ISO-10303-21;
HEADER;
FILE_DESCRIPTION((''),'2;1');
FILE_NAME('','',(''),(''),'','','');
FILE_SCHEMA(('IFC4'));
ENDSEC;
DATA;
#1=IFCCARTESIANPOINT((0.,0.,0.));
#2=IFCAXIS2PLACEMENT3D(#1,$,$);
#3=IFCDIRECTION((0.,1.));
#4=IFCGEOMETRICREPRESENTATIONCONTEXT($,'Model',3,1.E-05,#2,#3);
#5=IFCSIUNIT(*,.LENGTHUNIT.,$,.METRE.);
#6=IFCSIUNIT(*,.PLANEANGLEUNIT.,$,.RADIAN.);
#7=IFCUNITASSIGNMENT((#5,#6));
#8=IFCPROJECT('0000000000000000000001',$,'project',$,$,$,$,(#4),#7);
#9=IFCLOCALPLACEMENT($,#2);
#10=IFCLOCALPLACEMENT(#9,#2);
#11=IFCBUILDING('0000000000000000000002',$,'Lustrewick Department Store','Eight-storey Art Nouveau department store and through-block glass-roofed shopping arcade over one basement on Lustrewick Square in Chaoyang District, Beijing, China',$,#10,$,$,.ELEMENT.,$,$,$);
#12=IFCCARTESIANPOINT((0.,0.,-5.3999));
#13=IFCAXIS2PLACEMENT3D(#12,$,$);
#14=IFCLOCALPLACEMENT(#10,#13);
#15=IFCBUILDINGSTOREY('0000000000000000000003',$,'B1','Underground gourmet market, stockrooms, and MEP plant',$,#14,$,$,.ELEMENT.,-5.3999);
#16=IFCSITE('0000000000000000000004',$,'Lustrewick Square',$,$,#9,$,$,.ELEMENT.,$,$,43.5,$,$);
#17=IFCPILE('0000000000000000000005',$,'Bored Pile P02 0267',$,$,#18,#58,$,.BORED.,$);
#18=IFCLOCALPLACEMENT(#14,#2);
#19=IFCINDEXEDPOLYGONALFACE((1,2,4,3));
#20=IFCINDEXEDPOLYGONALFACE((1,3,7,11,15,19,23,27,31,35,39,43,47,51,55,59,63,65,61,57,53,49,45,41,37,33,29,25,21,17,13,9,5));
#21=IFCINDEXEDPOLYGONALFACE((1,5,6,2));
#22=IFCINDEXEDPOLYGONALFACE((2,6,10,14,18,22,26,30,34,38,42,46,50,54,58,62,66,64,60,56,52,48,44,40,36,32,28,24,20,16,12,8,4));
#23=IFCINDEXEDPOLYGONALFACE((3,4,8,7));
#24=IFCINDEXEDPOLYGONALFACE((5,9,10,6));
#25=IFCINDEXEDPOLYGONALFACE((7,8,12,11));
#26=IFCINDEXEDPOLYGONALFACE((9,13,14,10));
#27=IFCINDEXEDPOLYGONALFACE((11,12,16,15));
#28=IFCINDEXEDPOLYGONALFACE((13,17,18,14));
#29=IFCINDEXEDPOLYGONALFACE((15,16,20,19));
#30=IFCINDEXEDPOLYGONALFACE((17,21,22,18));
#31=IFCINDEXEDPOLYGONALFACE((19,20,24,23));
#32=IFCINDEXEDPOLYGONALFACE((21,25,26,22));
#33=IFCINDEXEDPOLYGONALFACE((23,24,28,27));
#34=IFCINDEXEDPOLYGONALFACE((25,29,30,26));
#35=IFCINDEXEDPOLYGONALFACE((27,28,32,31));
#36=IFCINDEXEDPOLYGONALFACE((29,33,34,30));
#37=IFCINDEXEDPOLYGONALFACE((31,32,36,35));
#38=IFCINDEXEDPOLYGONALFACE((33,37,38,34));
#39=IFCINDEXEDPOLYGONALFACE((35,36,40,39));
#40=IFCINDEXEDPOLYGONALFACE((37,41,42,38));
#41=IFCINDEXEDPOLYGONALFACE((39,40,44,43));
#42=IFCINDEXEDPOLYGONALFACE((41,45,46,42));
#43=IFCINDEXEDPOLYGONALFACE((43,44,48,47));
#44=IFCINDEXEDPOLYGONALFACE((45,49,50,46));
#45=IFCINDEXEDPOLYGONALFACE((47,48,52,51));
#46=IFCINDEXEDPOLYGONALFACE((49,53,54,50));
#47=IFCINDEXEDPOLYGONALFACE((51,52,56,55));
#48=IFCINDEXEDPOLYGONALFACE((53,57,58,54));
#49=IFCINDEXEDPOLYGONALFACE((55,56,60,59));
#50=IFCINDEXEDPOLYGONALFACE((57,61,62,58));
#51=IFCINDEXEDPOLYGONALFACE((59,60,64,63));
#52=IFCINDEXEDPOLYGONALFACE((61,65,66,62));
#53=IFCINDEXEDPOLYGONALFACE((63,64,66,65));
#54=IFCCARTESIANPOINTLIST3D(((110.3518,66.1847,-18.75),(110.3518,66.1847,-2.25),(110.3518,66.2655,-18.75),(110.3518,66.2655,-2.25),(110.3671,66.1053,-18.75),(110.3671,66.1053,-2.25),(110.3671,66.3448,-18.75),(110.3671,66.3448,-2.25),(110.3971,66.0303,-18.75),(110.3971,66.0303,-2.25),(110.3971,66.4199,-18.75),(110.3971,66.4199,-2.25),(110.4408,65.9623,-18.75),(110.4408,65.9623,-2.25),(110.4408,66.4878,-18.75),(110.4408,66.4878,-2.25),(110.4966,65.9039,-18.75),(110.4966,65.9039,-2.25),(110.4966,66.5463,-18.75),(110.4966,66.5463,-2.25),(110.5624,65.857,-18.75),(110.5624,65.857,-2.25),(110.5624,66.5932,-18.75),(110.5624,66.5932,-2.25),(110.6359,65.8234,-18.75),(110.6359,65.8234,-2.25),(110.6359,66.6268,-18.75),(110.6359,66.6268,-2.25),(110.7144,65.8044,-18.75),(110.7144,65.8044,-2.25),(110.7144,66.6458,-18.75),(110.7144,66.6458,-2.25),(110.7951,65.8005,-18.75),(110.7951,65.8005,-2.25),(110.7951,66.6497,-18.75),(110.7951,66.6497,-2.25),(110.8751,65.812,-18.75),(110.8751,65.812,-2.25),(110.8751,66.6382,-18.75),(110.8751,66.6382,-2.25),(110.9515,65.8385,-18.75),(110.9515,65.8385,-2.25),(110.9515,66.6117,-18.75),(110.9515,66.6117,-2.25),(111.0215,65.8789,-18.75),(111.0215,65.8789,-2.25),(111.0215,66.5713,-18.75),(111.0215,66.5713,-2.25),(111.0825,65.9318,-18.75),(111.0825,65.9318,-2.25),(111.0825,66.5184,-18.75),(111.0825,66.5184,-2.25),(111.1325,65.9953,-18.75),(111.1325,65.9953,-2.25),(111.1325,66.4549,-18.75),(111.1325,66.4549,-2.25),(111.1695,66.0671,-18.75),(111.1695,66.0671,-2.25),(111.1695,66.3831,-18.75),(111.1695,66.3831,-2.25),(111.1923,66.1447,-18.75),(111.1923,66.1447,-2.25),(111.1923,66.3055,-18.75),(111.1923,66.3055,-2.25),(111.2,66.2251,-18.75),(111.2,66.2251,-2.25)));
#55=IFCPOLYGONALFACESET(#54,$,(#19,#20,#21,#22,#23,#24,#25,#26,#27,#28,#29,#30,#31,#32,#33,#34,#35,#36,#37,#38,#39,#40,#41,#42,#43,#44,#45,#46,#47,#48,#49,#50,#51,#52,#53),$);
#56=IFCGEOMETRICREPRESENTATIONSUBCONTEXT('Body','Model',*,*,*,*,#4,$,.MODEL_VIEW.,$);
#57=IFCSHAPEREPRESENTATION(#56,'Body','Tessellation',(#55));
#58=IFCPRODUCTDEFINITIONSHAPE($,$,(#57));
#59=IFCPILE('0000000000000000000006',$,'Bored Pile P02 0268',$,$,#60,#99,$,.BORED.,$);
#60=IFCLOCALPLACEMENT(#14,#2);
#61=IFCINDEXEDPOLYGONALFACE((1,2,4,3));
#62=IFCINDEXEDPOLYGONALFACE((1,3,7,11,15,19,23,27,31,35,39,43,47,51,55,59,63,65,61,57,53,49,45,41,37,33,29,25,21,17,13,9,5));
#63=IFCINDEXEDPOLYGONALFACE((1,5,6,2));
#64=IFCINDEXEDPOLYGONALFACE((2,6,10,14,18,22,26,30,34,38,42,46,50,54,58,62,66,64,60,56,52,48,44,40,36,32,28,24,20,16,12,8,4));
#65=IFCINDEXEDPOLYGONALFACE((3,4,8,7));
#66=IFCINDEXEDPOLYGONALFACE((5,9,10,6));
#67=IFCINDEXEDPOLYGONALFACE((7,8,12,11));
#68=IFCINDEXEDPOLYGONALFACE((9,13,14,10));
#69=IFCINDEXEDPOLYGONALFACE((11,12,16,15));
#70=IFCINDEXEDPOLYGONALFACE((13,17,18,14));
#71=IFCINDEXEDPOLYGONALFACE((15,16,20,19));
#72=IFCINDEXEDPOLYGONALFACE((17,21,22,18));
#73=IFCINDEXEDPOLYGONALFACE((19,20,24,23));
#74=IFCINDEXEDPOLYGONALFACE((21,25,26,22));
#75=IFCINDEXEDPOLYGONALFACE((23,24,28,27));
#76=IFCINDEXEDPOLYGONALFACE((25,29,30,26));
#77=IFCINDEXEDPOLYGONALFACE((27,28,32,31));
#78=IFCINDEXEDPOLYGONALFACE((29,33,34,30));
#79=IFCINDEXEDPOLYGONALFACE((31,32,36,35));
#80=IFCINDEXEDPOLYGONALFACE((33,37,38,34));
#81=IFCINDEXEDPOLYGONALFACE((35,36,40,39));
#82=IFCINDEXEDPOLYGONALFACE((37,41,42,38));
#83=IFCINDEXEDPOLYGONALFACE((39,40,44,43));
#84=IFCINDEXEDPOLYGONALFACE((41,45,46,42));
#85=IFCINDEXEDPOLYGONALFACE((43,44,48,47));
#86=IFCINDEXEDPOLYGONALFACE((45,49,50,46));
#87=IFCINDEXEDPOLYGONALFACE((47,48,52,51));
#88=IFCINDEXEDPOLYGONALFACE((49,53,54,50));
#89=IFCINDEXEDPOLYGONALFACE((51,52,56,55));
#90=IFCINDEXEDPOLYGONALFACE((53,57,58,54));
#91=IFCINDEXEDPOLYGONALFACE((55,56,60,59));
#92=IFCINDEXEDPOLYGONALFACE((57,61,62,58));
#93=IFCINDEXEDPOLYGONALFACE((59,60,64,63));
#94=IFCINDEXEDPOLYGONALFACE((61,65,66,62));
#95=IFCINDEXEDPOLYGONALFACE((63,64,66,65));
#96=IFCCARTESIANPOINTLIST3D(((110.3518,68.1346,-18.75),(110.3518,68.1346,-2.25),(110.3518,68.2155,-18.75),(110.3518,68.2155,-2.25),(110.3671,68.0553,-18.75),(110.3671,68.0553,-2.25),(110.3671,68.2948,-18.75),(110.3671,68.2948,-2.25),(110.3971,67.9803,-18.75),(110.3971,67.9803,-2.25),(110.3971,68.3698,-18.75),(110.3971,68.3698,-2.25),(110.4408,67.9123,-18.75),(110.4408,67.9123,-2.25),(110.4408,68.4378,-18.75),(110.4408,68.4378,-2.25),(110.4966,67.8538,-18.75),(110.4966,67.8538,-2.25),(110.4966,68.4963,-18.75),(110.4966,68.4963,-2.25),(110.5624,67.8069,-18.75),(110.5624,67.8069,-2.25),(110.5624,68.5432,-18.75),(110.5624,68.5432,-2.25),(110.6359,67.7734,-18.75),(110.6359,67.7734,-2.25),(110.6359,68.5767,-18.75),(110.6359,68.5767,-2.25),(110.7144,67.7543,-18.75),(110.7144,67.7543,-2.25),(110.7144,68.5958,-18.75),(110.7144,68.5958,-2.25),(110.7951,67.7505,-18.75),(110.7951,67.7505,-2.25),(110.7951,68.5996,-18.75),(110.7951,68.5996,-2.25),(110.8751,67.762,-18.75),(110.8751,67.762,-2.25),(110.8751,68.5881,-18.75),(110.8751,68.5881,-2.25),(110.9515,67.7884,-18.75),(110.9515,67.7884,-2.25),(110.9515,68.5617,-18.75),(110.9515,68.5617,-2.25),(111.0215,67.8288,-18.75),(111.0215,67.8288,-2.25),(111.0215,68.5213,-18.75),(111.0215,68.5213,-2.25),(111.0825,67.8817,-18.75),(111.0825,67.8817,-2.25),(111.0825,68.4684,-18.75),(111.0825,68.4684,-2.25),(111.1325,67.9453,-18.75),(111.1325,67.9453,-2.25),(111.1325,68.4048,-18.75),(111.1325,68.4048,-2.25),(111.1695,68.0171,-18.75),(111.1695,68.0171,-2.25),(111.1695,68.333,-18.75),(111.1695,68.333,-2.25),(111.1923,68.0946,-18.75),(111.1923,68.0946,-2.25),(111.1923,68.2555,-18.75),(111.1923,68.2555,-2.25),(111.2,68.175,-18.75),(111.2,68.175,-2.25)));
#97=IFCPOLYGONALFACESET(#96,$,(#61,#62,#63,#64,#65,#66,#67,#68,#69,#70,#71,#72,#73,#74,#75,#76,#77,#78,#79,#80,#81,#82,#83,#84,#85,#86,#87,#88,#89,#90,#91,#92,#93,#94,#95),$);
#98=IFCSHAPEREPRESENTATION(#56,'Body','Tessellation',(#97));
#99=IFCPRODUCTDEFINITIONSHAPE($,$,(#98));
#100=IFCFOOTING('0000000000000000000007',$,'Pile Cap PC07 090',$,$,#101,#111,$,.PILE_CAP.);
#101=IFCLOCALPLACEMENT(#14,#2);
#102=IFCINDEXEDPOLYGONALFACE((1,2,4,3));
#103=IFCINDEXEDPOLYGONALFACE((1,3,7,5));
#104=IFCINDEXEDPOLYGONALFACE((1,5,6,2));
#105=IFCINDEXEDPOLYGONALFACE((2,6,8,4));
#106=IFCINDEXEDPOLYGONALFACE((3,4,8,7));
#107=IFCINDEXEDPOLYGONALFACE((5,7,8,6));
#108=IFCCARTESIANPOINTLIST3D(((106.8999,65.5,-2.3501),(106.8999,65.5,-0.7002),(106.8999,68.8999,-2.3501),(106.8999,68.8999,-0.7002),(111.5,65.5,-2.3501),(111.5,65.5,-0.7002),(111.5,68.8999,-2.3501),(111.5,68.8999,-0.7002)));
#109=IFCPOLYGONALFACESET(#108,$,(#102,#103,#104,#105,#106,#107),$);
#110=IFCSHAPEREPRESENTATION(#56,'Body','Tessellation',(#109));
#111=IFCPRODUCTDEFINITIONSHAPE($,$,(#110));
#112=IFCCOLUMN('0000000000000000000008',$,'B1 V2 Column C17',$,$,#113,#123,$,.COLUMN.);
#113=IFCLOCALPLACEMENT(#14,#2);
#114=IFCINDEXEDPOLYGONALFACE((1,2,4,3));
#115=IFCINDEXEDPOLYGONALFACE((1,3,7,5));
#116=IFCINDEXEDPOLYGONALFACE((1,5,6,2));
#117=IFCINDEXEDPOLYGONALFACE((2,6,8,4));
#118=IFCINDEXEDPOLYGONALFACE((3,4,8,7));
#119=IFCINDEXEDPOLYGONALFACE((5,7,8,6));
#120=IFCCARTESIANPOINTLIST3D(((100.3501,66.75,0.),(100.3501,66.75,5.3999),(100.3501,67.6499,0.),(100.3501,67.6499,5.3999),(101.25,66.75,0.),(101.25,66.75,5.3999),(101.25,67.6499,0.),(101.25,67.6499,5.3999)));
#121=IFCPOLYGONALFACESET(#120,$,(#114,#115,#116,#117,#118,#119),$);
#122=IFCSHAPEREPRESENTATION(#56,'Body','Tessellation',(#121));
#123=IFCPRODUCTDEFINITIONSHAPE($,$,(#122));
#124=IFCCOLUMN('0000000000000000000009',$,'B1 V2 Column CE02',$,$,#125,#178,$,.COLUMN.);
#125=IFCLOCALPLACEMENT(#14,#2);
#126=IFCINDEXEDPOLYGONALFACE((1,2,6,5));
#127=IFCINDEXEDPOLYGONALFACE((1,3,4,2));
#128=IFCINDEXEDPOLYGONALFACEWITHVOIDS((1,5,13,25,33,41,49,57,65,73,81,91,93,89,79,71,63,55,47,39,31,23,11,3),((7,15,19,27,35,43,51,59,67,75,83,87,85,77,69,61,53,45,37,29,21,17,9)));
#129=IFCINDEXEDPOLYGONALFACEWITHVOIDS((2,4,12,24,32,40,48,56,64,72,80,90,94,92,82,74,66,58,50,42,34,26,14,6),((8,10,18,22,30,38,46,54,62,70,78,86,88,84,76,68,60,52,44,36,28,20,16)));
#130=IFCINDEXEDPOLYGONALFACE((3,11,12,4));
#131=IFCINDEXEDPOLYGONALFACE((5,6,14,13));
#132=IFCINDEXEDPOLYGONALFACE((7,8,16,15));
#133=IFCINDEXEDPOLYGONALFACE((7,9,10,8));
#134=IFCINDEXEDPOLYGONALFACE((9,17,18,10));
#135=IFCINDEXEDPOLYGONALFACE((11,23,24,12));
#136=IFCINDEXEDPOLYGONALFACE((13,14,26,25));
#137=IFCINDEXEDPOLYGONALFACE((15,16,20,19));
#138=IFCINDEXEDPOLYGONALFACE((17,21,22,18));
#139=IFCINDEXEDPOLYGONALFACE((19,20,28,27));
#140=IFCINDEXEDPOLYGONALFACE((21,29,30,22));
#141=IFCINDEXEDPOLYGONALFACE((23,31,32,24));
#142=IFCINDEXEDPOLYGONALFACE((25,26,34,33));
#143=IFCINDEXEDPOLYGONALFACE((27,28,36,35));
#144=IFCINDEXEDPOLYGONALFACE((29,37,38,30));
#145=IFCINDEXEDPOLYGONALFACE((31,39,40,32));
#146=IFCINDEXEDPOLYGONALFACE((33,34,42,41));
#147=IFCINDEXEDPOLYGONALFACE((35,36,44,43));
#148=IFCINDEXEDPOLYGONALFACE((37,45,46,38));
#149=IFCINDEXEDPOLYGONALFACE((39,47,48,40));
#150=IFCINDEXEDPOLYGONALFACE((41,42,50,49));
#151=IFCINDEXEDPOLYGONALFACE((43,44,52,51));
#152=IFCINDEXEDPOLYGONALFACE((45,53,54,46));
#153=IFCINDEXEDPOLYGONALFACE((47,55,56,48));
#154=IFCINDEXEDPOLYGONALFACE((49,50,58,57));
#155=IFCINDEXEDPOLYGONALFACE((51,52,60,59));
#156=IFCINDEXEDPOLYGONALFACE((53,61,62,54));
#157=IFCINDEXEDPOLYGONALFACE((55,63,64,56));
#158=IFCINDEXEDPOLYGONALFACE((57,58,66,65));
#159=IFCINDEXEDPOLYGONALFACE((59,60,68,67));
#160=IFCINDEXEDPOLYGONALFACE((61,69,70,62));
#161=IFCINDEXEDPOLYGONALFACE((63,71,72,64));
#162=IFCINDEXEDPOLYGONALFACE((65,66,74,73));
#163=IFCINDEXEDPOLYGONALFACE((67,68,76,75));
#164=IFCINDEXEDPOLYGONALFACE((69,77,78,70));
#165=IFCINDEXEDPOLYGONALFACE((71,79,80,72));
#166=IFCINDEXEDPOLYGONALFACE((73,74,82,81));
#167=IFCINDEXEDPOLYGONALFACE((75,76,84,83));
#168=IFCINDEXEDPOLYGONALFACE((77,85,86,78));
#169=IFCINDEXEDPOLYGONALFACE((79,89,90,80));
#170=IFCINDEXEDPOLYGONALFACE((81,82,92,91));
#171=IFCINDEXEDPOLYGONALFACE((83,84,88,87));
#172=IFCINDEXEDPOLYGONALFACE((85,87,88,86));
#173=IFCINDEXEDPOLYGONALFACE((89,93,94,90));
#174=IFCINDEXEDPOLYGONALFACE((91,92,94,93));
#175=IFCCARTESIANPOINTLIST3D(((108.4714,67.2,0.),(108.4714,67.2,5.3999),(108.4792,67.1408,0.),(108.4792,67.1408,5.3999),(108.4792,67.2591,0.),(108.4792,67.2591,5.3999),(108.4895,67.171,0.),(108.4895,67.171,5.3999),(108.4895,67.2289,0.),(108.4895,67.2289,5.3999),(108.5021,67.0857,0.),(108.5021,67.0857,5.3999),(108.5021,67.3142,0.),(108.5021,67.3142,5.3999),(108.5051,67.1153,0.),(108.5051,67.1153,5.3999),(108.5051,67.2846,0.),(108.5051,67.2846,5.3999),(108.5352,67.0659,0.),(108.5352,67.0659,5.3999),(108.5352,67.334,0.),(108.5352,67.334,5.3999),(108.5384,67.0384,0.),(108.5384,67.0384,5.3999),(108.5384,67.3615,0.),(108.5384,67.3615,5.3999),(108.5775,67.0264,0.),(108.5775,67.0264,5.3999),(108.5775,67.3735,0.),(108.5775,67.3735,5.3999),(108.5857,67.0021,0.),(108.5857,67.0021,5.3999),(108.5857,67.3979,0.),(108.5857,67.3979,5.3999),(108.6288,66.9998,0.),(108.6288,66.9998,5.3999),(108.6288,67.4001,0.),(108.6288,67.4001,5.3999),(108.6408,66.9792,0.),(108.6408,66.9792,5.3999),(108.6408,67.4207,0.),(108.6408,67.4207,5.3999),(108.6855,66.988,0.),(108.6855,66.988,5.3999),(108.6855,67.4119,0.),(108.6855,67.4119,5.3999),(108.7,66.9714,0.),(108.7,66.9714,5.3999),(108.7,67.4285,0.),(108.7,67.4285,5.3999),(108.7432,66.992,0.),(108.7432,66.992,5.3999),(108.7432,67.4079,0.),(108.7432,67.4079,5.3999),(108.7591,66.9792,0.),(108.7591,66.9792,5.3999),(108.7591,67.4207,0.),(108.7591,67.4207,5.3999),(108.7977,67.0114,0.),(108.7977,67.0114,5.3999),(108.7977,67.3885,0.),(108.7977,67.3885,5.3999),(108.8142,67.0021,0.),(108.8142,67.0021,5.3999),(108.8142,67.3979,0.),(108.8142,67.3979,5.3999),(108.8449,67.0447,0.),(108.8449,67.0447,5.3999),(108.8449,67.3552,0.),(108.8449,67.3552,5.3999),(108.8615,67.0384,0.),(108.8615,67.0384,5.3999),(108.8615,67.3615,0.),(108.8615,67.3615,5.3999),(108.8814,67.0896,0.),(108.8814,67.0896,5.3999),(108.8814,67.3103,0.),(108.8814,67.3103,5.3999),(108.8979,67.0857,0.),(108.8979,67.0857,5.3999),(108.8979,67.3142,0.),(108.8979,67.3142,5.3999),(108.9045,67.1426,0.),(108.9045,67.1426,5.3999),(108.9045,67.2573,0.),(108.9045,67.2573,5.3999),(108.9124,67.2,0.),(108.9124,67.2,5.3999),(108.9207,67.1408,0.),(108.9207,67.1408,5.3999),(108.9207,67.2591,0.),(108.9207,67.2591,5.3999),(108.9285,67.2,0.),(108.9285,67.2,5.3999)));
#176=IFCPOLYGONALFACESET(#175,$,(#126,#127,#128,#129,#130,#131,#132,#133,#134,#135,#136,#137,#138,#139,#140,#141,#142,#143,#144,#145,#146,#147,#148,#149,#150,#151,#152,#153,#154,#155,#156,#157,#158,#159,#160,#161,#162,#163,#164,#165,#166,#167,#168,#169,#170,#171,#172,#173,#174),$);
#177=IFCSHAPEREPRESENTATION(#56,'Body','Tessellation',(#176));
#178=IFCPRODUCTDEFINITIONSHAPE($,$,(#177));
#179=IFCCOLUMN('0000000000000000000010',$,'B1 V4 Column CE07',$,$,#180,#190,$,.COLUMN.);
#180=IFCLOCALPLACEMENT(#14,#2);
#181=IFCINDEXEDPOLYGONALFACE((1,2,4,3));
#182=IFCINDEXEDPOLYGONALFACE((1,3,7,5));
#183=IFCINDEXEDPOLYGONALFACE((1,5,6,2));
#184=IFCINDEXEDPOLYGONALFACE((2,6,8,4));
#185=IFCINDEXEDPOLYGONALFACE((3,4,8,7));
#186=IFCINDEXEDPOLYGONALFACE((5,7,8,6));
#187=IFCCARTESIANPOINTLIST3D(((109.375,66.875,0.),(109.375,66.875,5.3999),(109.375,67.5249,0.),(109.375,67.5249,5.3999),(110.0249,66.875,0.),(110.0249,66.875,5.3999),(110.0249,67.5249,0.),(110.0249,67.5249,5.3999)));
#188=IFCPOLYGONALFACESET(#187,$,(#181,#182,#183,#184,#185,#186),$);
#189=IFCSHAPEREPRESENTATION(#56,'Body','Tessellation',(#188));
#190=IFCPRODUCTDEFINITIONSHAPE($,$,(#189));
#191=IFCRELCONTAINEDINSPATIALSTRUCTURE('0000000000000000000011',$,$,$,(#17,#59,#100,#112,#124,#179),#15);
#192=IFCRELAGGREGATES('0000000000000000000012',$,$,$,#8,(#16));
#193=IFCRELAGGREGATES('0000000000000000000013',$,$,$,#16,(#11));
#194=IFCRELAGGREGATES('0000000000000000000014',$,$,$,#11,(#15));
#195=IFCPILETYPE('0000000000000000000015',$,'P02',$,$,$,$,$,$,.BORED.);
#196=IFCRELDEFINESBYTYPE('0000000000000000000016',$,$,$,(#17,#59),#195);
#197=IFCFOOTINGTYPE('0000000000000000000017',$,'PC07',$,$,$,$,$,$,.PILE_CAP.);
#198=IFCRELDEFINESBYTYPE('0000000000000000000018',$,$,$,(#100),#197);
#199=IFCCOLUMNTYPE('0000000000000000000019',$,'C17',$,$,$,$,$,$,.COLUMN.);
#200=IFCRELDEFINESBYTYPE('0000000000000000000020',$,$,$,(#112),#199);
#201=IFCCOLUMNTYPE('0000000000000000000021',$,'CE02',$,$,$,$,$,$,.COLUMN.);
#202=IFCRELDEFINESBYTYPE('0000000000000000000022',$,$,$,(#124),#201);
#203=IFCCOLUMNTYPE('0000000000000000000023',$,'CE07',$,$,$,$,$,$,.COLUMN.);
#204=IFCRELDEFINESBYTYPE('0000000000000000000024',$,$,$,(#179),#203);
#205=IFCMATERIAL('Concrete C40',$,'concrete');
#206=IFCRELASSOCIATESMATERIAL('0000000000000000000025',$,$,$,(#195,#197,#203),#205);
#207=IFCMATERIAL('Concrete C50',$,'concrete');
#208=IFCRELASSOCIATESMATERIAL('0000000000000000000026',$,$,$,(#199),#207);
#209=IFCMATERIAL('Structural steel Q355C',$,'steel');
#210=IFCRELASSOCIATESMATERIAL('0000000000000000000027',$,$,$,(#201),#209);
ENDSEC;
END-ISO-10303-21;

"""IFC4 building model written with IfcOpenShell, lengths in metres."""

from ifc_helpers import new_model, si_unit, direction, frame, origin, origin_2d, place, context, subcontext, project, spatial, rectangle, circle, hollow_circle, extrude, material, material_profile, profile_set, type_object, element, save


model = new_model("IFC4")

# Units and contexts
model_context = context("Model", 3, precision=1e-05, world=origin(), true_north=direction((0.0, 1.0)))
body_context = subcontext(model_context, "Body", "Model", "MODEL_VIEW")
ifc_project = project(units=[si_unit("LENGTHUNIT", "METRE"), si_unit("PLANEANGLEUNIT", "RADIAN")], contexts=[model_context])

# Site, building, storey
site_placement = place(None, origin())
site = spatial("IfcSite", under=ifc_project, at=site_placement, Name="Lustrewick Square", CompositionType="ELEMENT", RefElevation=43.5)
building_placement = place(site_placement, origin())
building = spatial("IfcBuilding", under=site, at=building_placement, Name="Lustrewick Department Store", Description="Eight-storey Art Nouveau department store and through-block glass-roofed shopping arcade over one basement on Lustrewick Square in Chaoyang District, Beijing, China", CompositionType="ELEMENT")
storey_placement = place(building_placement, frame((0.0, 0.0, -5.3999)))
storey = spatial("IfcBuildingStorey", under=building, at=storey_placement, Name="B1", Description="Underground gourmet market, stockrooms, and MEP plant", CompositionType="ELEMENT", Elevation=-5.3999)

# Piles
ifc_material_1 = material(Name="Concrete C40", Category="concrete")
ifc_material_profile_1 = material_profile(ifc_material_1, circle(Radius=0.425, at=origin_2d()), Name="PILE D850")
ifc_profile_set_1 = profile_set([ifc_material_profile_1], Name="Concrete C40")
pile_type_1 = type_object("IfcPileType", Name="P02", PredefinedType="BORED", material=ifc_profile_set_1)
for number, where, z_axis, x_axis, name in (
    (1, (110.7749, 66.2251, -2.25), (0.0, 0.0, -1.0), (1.0, 0.0, 0.0), "Bored Pile P02 0267"),
    (2, (110.7749, 68.175, -2.25), (0.0, 0.0, -1.0), (1.0, 0.0, 0.0), "Bored Pile P02 0268"),
):
    element("IfcPile", number, at=place(storey_placement, frame(where, z_axis=z_axis, x_axis=x_axis)), inside=storey, type_object=pile_type_1, Name=name, PredefinedType="BORED", context=body_context, shape_type="SweptSolid", body=[
        extrude(circle(Radius=0.425, at=origin_2d()), origin(), (0.0, 0.0, 1.0), 16.5),
    ])

# Footing
footing_type = type_object("IfcFootingType", Name="PC07", PredefinedType="PILE_CAP", material=ifc_material_1)
footing_placement = place(storey_placement, frame((109.2, 67.2, -2.3501), z_axis=(0.0, 0.0, 1.0), x_axis=(1.0, 0.0, 0.0)))
element("IfcFooting", 3, at=footing_placement, inside=storey, type_object=footing_type, Name="Pile Cap PC07 090", PredefinedType="PILE_CAP", context=body_context, shape_type="SweptSolid", body=[
    extrude(rectangle(XDim=4.6001, YDim=3.3999, at=origin_2d()), origin(), (0.0, 0.0, 1.0), 1.6499),
])

# Columns
ifc_material_2 = material(Name="Concrete C50", Category="concrete")
ifc_material_profile_2 = material_profile(ifc_material_2, rectangle(XDim=0.8999, YDim=0.8999, at=origin_2d()), Name="RC 900x900")
ifc_profile_set_2 = profile_set([ifc_material_profile_2], Name="Concrete C50")
column_type_1 = type_object("IfcColumnType", Name="C17", PredefinedType="COLUMN", material=ifc_profile_set_2)
column_1_placement = place(storey_placement, frame((100.8, 67.2, 0.0), z_axis=(0.0, 0.0, 1.0), x_axis=(1.0, 0.0, 0.0)))
element("IfcColumn", 4, at=column_1_placement, inside=storey, type_object=column_type_1, Name="B1 V2 Column C17", PredefinedType="COLUMN", context=body_context, shape_type="SweptSolid", body=[
    extrude(rectangle(XDim=0.8999, YDim=0.8999, at=origin_2d()), origin(), (0.0, 0.0, 1.0), 5.3999),
])
ifc_material_3 = material(Name="Structural steel Q355C", Category="steel")
ifc_material_profile_3 = material_profile(ifc_material_3, hollow_circle(Radius=0.2285, WallThickness=0.0161, at=origin_2d()), Name="CHS 457x16")
ifc_profile_set_3 = profile_set([ifc_material_profile_3], Name="Structural steel Q355C")
column_type_2 = type_object("IfcColumnType", Name="CE02", PredefinedType="COLUMN", material=ifc_profile_set_3)
column_2_placement = place(storey_placement, frame((108.7, 67.2, 0.0), z_axis=(0.0, 0.0, 1.0), x_axis=(1.0, 0.0, 0.0)))
element("IfcColumn", 5, at=column_2_placement, inside=storey, type_object=column_type_2, Name="B1 V2 Column CE02", PredefinedType="COLUMN", context=body_context, shape_type="SweptSolid", body=[
    extrude(hollow_circle(Radius=0.2285, WallThickness=0.0161, at=origin_2d()), origin(), (0.0, 0.0, 1.0), 5.3999),
])
ifc_material_profile_4 = material_profile(ifc_material_1, rectangle(XDim=0.6499, YDim=0.6499, at=origin_2d()), Name="RC 650x650")
ifc_profile_set_4 = profile_set([ifc_material_profile_4], Name="Concrete C40")
column_type_3 = type_object("IfcColumnType", Name="CE07", PredefinedType="COLUMN", material=ifc_profile_set_4)
column_3_placement = place(storey_placement, frame((109.7, 67.2, 0.0), z_axis=(0.0, 0.0, 1.0), x_axis=(1.0, 0.0, 0.0)))
element("IfcColumn", 6, at=column_3_placement, inside=storey, type_object=column_type_3, Name="B1 V4 Column CE07", PredefinedType="COLUMN", context=body_context, shape_type="SweptSolid", body=[
    extrude(rectangle(XDim=0.6499, YDim=0.6499, at=origin_2d()), origin(), (0.0, 0.0, 1.0), 5.3999),
])

save(model, "model.ifc")
